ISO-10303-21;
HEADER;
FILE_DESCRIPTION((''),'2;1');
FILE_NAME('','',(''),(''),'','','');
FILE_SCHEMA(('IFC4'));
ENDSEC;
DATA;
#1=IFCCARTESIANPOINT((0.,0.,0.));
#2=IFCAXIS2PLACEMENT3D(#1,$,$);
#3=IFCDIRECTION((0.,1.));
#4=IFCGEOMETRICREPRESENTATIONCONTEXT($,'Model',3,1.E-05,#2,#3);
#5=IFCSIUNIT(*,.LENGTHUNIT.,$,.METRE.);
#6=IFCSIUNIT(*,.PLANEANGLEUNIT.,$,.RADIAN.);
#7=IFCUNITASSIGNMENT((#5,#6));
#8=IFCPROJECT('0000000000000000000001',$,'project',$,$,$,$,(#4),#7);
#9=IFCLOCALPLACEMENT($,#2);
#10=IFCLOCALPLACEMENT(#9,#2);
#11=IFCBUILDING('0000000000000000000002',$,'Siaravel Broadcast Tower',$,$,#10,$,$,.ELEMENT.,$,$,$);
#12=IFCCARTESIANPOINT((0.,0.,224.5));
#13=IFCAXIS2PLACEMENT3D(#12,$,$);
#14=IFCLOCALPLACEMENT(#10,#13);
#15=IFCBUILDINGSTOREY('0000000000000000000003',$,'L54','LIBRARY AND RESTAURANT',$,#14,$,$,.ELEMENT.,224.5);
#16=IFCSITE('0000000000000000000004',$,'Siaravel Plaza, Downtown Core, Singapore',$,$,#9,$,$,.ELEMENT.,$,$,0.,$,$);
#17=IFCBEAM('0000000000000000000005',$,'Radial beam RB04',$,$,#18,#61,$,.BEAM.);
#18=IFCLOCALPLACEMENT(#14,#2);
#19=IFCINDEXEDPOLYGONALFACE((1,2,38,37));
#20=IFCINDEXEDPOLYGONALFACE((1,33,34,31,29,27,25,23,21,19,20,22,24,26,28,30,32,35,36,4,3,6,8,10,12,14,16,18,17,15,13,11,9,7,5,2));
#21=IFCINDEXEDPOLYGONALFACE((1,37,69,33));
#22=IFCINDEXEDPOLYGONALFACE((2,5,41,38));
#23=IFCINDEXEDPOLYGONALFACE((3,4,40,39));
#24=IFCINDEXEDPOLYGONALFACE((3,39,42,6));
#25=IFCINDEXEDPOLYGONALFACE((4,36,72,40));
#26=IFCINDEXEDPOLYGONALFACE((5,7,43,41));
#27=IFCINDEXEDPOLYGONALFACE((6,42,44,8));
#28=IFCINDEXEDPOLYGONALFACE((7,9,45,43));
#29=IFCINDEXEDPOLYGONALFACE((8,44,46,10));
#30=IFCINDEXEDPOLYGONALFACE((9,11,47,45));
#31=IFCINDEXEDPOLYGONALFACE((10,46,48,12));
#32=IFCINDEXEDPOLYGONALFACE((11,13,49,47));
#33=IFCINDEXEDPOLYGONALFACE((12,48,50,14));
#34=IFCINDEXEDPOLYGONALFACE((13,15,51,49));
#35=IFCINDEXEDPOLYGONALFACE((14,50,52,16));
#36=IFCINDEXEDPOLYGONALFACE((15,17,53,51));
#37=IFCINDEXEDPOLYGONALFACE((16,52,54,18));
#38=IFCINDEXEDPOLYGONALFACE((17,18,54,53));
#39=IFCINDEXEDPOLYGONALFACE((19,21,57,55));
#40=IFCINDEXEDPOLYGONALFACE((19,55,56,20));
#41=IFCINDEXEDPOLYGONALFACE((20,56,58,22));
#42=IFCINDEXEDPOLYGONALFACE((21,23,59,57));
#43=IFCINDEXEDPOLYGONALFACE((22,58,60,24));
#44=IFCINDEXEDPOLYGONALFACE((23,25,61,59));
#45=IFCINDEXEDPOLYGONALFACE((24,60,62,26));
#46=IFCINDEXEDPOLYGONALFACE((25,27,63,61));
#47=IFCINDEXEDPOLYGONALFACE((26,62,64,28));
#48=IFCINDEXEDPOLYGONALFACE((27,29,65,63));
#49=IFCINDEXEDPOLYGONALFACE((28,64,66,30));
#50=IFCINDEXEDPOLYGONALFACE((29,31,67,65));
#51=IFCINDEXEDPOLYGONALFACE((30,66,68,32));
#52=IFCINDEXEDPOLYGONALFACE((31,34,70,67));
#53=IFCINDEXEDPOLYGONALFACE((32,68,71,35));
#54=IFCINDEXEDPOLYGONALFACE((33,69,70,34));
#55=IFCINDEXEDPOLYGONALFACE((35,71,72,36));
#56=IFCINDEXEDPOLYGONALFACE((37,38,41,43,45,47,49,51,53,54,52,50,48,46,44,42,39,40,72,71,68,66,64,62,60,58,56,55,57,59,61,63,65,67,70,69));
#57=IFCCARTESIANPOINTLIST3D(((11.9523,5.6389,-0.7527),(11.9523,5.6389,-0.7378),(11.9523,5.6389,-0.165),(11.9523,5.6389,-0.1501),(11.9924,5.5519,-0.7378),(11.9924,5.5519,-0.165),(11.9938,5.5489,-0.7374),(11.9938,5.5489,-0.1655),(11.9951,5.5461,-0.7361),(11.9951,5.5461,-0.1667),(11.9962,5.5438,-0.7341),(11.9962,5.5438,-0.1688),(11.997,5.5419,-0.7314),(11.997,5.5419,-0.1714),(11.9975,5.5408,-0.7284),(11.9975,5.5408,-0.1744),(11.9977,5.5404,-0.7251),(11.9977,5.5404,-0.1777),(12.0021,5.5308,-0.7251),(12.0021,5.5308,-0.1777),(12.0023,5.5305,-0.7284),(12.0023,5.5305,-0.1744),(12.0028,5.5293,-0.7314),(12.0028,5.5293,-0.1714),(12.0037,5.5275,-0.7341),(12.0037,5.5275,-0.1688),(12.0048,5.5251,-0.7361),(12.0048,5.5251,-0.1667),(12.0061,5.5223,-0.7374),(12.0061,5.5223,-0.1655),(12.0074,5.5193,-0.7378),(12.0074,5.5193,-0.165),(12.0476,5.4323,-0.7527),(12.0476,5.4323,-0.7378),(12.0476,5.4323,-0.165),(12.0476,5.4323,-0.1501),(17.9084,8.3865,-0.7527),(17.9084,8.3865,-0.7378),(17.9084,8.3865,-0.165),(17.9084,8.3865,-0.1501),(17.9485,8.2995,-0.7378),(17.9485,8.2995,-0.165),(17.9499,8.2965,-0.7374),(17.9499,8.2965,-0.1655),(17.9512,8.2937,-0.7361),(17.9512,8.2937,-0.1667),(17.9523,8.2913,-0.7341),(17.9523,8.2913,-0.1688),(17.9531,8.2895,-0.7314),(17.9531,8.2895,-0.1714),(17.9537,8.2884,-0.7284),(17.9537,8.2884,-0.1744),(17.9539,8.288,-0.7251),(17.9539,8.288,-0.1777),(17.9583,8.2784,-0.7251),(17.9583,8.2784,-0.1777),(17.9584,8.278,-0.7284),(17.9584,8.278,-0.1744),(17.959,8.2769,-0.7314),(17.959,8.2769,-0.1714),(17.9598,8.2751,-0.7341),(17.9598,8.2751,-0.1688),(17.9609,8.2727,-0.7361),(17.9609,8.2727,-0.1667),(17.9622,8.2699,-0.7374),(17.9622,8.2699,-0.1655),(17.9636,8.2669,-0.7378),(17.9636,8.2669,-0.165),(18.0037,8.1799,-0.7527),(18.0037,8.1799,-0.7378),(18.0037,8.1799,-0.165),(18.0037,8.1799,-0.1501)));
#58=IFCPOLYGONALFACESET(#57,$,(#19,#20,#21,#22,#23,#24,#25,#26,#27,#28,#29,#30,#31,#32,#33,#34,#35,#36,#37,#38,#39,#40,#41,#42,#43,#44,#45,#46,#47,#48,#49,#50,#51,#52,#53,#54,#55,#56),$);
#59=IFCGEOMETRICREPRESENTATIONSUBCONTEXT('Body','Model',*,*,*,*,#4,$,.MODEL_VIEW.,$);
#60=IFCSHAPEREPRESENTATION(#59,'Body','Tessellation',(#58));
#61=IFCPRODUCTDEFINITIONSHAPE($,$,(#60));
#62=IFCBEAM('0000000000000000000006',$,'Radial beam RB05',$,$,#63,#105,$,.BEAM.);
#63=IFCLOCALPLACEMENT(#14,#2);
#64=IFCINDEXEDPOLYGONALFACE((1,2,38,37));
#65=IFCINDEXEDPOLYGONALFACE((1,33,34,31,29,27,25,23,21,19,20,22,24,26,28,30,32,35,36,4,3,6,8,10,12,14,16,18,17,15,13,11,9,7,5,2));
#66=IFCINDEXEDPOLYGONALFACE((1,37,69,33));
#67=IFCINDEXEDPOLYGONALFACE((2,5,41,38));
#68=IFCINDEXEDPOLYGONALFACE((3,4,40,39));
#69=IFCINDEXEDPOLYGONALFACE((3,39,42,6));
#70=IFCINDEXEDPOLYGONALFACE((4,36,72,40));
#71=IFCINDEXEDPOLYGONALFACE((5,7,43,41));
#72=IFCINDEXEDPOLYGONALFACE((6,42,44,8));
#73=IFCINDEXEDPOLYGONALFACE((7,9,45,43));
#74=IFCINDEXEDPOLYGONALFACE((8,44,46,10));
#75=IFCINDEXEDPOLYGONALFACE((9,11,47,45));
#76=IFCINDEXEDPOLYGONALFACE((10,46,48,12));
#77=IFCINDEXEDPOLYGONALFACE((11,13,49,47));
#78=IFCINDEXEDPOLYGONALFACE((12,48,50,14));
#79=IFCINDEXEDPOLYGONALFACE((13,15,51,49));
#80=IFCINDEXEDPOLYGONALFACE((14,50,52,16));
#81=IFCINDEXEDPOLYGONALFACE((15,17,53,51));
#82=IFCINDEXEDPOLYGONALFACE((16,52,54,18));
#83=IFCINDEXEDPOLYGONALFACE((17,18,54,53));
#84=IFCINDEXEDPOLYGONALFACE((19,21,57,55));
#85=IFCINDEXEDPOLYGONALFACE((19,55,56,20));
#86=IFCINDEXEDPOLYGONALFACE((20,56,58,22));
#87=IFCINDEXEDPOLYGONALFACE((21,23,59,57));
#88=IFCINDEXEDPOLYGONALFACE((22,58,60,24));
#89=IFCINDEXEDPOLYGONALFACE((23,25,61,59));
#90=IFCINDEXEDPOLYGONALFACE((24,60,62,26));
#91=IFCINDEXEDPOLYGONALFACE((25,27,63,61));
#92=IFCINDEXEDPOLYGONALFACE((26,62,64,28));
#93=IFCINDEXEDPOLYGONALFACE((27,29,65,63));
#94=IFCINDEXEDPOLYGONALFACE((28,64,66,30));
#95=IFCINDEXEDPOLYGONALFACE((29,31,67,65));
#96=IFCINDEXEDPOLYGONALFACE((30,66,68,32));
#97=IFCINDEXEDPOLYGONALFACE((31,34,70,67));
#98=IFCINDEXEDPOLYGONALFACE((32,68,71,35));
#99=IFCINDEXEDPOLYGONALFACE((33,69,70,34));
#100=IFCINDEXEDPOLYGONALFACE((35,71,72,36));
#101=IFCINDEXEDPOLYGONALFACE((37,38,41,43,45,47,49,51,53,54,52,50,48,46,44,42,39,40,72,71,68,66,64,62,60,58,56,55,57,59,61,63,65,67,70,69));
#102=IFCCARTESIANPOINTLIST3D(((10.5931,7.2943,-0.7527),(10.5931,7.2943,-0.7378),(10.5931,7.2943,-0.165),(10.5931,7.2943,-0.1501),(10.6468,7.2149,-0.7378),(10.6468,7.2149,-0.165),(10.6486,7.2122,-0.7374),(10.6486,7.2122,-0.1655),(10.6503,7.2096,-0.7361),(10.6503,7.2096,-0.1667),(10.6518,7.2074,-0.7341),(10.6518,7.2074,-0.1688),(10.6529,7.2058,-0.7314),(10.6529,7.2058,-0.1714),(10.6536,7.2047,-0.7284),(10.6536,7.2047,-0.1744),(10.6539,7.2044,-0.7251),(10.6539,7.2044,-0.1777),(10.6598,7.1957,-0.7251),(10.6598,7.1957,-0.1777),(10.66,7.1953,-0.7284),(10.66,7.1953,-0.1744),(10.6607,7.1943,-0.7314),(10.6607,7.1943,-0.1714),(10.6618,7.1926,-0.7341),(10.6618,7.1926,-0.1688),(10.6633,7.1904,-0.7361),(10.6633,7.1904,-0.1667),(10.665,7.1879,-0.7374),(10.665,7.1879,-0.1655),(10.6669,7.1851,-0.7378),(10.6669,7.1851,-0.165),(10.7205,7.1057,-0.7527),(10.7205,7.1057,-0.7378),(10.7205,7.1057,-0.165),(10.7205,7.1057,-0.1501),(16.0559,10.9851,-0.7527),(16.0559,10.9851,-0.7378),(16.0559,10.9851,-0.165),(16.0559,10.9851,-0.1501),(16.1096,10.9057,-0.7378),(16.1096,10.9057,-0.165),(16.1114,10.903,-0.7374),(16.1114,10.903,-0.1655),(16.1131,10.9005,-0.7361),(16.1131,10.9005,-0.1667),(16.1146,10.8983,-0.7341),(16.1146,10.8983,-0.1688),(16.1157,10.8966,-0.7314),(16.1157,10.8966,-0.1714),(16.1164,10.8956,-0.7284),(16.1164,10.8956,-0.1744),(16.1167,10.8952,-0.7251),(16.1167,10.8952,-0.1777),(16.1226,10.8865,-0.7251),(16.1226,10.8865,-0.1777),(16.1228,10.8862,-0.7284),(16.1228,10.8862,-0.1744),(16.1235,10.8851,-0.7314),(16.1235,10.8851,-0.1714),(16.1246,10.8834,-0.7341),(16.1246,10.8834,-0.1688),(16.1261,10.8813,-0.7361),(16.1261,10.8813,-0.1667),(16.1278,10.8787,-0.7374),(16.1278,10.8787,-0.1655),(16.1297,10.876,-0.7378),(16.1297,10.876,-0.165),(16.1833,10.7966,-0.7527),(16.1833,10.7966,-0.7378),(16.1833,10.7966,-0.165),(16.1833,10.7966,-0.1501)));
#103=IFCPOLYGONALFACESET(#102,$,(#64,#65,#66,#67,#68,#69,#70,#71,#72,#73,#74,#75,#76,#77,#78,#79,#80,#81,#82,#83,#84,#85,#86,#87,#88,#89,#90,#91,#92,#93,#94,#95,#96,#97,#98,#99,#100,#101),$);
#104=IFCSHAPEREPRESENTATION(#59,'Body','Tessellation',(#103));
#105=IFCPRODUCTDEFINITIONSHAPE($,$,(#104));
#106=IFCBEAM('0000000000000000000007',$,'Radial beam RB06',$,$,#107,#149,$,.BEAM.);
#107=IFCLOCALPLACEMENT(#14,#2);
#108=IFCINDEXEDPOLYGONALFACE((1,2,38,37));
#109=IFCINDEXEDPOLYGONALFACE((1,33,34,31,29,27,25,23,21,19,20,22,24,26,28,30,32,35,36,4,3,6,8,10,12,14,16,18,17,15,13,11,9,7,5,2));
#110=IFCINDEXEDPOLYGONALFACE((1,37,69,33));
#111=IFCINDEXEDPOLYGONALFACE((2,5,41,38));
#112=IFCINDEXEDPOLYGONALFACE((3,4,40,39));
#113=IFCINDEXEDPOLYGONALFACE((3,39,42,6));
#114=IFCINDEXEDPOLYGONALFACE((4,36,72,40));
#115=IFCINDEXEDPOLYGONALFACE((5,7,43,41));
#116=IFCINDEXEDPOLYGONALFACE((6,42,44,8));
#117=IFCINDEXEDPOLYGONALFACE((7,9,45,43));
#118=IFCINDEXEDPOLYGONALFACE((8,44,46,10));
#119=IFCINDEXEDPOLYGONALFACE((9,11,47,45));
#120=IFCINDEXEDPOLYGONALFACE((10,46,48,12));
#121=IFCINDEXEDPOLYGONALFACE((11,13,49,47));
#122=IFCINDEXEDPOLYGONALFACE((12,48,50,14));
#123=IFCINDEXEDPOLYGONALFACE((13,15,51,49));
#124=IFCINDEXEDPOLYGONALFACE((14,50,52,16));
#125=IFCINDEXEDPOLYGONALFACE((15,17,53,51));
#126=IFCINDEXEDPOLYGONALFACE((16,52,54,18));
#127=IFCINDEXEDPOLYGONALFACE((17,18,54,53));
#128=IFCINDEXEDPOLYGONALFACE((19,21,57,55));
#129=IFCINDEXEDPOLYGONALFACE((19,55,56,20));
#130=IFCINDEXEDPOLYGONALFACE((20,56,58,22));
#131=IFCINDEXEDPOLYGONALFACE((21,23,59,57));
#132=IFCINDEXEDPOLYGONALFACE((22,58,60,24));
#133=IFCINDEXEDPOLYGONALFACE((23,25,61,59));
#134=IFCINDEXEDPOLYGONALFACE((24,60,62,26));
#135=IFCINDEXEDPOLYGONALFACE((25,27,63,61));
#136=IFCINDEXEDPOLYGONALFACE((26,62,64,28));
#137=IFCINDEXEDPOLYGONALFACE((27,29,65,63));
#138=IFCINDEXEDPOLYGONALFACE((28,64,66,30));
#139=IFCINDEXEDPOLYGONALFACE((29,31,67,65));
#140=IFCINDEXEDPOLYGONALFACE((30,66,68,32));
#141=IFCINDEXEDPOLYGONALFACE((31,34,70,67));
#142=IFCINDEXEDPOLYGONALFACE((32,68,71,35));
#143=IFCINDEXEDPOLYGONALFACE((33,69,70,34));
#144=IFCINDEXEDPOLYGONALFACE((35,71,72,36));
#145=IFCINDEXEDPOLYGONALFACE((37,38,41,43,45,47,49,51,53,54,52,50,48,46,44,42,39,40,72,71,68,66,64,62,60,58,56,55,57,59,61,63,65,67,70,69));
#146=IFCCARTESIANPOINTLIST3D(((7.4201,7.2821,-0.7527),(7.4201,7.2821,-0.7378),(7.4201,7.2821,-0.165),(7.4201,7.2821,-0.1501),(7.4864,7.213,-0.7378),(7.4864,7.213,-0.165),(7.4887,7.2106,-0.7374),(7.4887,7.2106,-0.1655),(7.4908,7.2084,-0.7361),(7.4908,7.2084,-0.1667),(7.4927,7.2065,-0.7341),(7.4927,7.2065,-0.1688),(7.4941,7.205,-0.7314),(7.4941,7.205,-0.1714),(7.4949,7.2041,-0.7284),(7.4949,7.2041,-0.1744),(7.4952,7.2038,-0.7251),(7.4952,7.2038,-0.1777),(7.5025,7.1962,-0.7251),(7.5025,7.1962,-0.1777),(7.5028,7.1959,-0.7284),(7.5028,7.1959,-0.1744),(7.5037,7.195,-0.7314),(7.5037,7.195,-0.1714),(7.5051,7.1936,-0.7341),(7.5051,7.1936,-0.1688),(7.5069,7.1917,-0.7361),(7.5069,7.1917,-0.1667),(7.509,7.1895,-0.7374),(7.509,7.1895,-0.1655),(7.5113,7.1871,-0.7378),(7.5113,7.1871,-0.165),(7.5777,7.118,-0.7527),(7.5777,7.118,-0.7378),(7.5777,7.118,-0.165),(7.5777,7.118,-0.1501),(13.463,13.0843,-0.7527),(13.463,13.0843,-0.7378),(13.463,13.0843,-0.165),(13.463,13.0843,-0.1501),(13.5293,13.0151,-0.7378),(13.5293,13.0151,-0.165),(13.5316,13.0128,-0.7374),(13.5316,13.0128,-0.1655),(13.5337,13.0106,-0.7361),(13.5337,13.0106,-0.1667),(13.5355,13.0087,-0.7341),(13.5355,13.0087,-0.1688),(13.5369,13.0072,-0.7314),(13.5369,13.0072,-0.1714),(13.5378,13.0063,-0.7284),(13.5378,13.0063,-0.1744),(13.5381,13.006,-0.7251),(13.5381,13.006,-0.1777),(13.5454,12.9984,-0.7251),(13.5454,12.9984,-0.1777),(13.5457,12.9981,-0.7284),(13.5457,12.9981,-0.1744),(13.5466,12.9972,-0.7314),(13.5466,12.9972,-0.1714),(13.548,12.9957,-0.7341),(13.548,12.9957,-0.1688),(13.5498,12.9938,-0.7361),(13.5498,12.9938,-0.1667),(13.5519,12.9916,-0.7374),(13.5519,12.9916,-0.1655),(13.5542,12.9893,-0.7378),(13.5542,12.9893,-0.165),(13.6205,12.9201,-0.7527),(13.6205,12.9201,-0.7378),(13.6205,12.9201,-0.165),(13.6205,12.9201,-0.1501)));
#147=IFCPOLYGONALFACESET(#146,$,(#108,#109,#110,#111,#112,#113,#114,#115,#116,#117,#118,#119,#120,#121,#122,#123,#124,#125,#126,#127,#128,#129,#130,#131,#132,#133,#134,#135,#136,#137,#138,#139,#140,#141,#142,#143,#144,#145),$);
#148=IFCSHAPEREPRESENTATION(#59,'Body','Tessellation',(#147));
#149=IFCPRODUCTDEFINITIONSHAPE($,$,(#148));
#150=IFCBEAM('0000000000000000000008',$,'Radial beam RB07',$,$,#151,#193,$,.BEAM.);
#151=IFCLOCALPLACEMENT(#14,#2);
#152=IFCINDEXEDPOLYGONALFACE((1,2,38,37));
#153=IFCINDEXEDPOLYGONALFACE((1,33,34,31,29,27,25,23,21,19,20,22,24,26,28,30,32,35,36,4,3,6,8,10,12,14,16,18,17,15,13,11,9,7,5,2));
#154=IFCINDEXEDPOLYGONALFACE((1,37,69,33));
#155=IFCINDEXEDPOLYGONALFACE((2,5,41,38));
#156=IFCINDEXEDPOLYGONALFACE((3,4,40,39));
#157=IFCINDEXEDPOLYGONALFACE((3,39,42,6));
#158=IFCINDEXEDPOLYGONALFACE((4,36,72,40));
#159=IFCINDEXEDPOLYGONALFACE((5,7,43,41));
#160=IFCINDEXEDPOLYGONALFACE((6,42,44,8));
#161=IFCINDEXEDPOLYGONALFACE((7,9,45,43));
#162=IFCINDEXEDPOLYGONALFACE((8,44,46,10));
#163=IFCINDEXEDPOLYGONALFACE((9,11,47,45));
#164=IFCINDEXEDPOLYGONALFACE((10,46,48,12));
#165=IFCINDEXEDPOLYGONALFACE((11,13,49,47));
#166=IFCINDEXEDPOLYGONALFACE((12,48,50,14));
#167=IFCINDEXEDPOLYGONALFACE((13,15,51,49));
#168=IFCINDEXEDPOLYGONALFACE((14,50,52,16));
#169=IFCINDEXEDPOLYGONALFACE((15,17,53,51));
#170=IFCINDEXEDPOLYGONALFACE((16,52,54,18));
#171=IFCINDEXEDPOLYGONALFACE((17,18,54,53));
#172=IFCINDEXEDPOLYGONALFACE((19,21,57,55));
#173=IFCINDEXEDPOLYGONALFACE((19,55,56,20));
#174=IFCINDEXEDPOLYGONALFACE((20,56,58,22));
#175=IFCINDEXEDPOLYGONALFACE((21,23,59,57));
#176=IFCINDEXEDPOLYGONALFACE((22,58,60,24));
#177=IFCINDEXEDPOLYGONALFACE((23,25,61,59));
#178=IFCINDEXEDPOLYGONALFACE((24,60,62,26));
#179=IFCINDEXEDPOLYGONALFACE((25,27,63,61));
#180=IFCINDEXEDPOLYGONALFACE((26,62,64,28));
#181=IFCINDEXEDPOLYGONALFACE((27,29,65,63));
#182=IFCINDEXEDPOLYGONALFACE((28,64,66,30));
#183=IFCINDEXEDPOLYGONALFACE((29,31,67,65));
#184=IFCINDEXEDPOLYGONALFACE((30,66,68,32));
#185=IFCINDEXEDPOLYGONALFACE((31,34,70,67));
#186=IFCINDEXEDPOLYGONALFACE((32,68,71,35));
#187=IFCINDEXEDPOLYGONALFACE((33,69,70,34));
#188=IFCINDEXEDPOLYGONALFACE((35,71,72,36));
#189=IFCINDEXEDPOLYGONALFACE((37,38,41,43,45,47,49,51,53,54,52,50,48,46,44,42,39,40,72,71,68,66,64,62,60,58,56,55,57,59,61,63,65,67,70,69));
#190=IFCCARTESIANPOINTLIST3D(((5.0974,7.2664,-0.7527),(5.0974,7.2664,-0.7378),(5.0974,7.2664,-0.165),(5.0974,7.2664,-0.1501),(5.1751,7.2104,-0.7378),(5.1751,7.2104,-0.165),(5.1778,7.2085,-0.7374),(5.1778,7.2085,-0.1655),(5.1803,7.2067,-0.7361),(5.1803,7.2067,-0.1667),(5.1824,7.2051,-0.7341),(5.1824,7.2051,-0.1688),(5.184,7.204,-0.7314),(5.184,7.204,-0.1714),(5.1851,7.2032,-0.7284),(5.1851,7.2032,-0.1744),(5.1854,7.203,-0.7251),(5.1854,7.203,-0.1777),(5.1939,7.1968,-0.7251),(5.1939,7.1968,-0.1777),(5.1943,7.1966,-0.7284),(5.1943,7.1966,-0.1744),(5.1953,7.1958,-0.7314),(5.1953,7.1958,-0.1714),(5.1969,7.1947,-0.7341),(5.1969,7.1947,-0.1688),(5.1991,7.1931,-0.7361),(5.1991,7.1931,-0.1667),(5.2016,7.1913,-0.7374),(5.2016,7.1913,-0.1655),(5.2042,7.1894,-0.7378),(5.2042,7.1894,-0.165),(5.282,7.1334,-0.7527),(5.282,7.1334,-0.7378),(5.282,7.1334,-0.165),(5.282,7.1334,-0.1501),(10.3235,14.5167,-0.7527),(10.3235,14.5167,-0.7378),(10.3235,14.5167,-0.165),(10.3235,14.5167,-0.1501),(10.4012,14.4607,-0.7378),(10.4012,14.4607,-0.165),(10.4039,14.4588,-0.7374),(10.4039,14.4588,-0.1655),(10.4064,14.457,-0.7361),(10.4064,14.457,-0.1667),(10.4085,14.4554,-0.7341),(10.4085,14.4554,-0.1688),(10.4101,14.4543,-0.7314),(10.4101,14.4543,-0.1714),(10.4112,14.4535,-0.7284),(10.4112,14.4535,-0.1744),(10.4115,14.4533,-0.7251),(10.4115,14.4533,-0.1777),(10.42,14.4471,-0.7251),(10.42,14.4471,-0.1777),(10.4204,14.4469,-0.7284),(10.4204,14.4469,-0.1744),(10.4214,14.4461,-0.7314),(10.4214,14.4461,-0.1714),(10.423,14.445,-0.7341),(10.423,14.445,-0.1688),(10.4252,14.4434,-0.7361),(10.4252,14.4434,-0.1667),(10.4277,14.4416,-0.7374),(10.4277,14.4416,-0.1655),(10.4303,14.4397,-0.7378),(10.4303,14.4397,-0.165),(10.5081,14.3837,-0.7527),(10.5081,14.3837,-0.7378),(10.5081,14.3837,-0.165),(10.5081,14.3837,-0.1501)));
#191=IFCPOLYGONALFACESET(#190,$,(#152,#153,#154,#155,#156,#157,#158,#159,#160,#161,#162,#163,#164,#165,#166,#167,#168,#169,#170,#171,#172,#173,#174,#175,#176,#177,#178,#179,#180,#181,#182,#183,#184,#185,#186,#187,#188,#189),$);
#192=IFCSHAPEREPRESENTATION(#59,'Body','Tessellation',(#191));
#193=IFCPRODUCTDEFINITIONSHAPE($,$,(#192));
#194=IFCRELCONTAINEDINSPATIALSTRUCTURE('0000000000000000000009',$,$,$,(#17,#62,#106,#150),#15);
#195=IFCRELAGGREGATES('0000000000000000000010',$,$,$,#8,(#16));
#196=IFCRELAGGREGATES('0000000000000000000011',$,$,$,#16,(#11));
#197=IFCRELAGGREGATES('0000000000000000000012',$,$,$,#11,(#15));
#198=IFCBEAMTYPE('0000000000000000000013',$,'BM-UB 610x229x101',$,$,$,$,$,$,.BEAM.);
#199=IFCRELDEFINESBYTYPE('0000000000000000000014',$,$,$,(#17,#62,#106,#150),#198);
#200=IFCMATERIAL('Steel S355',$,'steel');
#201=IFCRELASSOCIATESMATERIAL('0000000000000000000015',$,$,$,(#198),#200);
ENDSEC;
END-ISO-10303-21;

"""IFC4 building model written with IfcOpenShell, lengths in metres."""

from ifc_helpers import new_model, si_unit, direction, frame, origin, origin_2d, place, context, subcontext, project, spatial, i_section, extrude, material, material_profile, profile_set, type_object, element, save


model = new_model("IFC4")

# Units and contexts
model_context = context("Model", 3, precision=1e-05, world=origin(), true_north=direction((0.0, 1.0)))
body_context = subcontext(model_context, "Body", "Model", "MODEL_VIEW")
ifc_project = project(units=[si_unit("LENGTHUNIT", "METRE"), si_unit("PLANEANGLEUNIT", "RADIAN")], contexts=[model_context])

# Site, building, storey
site_placement = place(None, origin())
site = spatial("IfcSite", under=ifc_project, at=site_placement, Name="Siaravel Plaza, Downtown Core, Singapore", CompositionType="ELEMENT", RefElevation=0.0)
building_placement = place(site_placement, origin())
building = spatial("IfcBuilding", under=site, at=building_placement, Name="Siaravel Broadcast Tower", CompositionType="ELEMENT")
storey_placement = place(building_placement, frame((0.0, 0.0, 224.5)))
storey = spatial("IfcBuildingStorey", under=building, at=storey_placement, Name="L54", Description="LIBRARY AND RESTAURANT", CompositionType="ELEMENT", Elevation=224.5)

# Beams
ifc_material_1 = material(Name="Steel S355", Category="steel")
ifc_material_profile_1 = material_profile(ifc_material_1, i_section(OverallWidth=0.2275, OverallDepth=0.6025, WebThickness=0.0105, FlangeThickness=0.0149, FilletRadius=0.0127, at=origin_2d()))
ifc_profile_set_1 = profile_set([ifc_material_profile_1], Name="Steel S355")
beam_type = type_object("IfcBeamType", Name="BM-UB 610x229x101", PredefinedType="BEAM", material=ifc_profile_set_1)
beam_1_placement = place(storey_placement, frame((17.9561, 8.2832, -0.4514), z_axis=(-0.90804, -0.418884, 0.0), x_axis=(0.418884, -0.90804, 0.0)))
element("IfcBeam", 1, at=beam_1_placement, inside=storey, type_object=beam_type, Name="Radial beam RB04", PredefinedType="BEAM", context=body_context, shape_type="SweptSolid", body=[
    extrude(i_section(OverallWidth=0.2275, OverallDepth=0.6025, WebThickness=0.0105, FlangeThickness=0.0149, FilletRadius=0.0127, at=origin_2d()), origin(), (0.0, 0.0, 1.0), 6.5593),
])
beam_2_placement = place(storey_placement, frame((16.1196, 10.8909, -0.4514), z_axis=(-0.828605, -0.559834, 0.0), x_axis=(0.559834, -0.828605, 0.0)))
element("IfcBeam", 2, at=beam_2_placement, inside=storey, type_object=beam_type, Name="Radial beam RB05", PredefinedType="BEAM", context=body_context, shape_type="SweptSolid", body=[
    extrude(i_section(OverallWidth=0.2275, OverallDepth=0.6025, WebThickness=0.0105, FlangeThickness=0.0149, FilletRadius=0.0127, at=origin_2d()), origin(), (0.0, 0.0, 1.0), 6.5928),
])
beam_3_placement = place(storey_placement, frame((13.5417, 13.0022, -0.4514), z_axis=(-0.721328, -0.692594, 0.0), x_axis=(0.692594, -0.721328, 0.0)))
element("IfcBeam", 3, at=beam_3_placement, inside=storey, type_object=beam_type, Name="Radial beam RB06", PredefinedType="BEAM", context=body_context, shape_type="SweptSolid", body=[
    extrude(i_section(OverallWidth=0.2275, OverallDepth=0.6025, WebThickness=0.0105, FlangeThickness=0.0149, FilletRadius=0.0127, at=origin_2d()), origin(), (0.0, 0.0, 1.0), 8.3774),
])
beam_4_placement = place(storey_placement, frame((10.4158, 14.4502, -0.4514), z_axis=(-0.584739, -0.811221, 0.0), x_axis=(0.811221, -0.584739, 0.0)))
element("IfcBeam", 4, at=beam_4_placement, inside=storey, type_object=beam_type, Name="Radial beam RB07", PredefinedType="BEAM", context=body_context, shape_type="SweptSolid", body=[
    extrude(i_section(OverallWidth=0.2275, OverallDepth=0.6025, WebThickness=0.0105, FlangeThickness=0.0149, FilletRadius=0.0127, at=origin_2d()), origin(), (0.0, 0.0, 1.0), 8.9375),
])

save(model, "model.ifc")
